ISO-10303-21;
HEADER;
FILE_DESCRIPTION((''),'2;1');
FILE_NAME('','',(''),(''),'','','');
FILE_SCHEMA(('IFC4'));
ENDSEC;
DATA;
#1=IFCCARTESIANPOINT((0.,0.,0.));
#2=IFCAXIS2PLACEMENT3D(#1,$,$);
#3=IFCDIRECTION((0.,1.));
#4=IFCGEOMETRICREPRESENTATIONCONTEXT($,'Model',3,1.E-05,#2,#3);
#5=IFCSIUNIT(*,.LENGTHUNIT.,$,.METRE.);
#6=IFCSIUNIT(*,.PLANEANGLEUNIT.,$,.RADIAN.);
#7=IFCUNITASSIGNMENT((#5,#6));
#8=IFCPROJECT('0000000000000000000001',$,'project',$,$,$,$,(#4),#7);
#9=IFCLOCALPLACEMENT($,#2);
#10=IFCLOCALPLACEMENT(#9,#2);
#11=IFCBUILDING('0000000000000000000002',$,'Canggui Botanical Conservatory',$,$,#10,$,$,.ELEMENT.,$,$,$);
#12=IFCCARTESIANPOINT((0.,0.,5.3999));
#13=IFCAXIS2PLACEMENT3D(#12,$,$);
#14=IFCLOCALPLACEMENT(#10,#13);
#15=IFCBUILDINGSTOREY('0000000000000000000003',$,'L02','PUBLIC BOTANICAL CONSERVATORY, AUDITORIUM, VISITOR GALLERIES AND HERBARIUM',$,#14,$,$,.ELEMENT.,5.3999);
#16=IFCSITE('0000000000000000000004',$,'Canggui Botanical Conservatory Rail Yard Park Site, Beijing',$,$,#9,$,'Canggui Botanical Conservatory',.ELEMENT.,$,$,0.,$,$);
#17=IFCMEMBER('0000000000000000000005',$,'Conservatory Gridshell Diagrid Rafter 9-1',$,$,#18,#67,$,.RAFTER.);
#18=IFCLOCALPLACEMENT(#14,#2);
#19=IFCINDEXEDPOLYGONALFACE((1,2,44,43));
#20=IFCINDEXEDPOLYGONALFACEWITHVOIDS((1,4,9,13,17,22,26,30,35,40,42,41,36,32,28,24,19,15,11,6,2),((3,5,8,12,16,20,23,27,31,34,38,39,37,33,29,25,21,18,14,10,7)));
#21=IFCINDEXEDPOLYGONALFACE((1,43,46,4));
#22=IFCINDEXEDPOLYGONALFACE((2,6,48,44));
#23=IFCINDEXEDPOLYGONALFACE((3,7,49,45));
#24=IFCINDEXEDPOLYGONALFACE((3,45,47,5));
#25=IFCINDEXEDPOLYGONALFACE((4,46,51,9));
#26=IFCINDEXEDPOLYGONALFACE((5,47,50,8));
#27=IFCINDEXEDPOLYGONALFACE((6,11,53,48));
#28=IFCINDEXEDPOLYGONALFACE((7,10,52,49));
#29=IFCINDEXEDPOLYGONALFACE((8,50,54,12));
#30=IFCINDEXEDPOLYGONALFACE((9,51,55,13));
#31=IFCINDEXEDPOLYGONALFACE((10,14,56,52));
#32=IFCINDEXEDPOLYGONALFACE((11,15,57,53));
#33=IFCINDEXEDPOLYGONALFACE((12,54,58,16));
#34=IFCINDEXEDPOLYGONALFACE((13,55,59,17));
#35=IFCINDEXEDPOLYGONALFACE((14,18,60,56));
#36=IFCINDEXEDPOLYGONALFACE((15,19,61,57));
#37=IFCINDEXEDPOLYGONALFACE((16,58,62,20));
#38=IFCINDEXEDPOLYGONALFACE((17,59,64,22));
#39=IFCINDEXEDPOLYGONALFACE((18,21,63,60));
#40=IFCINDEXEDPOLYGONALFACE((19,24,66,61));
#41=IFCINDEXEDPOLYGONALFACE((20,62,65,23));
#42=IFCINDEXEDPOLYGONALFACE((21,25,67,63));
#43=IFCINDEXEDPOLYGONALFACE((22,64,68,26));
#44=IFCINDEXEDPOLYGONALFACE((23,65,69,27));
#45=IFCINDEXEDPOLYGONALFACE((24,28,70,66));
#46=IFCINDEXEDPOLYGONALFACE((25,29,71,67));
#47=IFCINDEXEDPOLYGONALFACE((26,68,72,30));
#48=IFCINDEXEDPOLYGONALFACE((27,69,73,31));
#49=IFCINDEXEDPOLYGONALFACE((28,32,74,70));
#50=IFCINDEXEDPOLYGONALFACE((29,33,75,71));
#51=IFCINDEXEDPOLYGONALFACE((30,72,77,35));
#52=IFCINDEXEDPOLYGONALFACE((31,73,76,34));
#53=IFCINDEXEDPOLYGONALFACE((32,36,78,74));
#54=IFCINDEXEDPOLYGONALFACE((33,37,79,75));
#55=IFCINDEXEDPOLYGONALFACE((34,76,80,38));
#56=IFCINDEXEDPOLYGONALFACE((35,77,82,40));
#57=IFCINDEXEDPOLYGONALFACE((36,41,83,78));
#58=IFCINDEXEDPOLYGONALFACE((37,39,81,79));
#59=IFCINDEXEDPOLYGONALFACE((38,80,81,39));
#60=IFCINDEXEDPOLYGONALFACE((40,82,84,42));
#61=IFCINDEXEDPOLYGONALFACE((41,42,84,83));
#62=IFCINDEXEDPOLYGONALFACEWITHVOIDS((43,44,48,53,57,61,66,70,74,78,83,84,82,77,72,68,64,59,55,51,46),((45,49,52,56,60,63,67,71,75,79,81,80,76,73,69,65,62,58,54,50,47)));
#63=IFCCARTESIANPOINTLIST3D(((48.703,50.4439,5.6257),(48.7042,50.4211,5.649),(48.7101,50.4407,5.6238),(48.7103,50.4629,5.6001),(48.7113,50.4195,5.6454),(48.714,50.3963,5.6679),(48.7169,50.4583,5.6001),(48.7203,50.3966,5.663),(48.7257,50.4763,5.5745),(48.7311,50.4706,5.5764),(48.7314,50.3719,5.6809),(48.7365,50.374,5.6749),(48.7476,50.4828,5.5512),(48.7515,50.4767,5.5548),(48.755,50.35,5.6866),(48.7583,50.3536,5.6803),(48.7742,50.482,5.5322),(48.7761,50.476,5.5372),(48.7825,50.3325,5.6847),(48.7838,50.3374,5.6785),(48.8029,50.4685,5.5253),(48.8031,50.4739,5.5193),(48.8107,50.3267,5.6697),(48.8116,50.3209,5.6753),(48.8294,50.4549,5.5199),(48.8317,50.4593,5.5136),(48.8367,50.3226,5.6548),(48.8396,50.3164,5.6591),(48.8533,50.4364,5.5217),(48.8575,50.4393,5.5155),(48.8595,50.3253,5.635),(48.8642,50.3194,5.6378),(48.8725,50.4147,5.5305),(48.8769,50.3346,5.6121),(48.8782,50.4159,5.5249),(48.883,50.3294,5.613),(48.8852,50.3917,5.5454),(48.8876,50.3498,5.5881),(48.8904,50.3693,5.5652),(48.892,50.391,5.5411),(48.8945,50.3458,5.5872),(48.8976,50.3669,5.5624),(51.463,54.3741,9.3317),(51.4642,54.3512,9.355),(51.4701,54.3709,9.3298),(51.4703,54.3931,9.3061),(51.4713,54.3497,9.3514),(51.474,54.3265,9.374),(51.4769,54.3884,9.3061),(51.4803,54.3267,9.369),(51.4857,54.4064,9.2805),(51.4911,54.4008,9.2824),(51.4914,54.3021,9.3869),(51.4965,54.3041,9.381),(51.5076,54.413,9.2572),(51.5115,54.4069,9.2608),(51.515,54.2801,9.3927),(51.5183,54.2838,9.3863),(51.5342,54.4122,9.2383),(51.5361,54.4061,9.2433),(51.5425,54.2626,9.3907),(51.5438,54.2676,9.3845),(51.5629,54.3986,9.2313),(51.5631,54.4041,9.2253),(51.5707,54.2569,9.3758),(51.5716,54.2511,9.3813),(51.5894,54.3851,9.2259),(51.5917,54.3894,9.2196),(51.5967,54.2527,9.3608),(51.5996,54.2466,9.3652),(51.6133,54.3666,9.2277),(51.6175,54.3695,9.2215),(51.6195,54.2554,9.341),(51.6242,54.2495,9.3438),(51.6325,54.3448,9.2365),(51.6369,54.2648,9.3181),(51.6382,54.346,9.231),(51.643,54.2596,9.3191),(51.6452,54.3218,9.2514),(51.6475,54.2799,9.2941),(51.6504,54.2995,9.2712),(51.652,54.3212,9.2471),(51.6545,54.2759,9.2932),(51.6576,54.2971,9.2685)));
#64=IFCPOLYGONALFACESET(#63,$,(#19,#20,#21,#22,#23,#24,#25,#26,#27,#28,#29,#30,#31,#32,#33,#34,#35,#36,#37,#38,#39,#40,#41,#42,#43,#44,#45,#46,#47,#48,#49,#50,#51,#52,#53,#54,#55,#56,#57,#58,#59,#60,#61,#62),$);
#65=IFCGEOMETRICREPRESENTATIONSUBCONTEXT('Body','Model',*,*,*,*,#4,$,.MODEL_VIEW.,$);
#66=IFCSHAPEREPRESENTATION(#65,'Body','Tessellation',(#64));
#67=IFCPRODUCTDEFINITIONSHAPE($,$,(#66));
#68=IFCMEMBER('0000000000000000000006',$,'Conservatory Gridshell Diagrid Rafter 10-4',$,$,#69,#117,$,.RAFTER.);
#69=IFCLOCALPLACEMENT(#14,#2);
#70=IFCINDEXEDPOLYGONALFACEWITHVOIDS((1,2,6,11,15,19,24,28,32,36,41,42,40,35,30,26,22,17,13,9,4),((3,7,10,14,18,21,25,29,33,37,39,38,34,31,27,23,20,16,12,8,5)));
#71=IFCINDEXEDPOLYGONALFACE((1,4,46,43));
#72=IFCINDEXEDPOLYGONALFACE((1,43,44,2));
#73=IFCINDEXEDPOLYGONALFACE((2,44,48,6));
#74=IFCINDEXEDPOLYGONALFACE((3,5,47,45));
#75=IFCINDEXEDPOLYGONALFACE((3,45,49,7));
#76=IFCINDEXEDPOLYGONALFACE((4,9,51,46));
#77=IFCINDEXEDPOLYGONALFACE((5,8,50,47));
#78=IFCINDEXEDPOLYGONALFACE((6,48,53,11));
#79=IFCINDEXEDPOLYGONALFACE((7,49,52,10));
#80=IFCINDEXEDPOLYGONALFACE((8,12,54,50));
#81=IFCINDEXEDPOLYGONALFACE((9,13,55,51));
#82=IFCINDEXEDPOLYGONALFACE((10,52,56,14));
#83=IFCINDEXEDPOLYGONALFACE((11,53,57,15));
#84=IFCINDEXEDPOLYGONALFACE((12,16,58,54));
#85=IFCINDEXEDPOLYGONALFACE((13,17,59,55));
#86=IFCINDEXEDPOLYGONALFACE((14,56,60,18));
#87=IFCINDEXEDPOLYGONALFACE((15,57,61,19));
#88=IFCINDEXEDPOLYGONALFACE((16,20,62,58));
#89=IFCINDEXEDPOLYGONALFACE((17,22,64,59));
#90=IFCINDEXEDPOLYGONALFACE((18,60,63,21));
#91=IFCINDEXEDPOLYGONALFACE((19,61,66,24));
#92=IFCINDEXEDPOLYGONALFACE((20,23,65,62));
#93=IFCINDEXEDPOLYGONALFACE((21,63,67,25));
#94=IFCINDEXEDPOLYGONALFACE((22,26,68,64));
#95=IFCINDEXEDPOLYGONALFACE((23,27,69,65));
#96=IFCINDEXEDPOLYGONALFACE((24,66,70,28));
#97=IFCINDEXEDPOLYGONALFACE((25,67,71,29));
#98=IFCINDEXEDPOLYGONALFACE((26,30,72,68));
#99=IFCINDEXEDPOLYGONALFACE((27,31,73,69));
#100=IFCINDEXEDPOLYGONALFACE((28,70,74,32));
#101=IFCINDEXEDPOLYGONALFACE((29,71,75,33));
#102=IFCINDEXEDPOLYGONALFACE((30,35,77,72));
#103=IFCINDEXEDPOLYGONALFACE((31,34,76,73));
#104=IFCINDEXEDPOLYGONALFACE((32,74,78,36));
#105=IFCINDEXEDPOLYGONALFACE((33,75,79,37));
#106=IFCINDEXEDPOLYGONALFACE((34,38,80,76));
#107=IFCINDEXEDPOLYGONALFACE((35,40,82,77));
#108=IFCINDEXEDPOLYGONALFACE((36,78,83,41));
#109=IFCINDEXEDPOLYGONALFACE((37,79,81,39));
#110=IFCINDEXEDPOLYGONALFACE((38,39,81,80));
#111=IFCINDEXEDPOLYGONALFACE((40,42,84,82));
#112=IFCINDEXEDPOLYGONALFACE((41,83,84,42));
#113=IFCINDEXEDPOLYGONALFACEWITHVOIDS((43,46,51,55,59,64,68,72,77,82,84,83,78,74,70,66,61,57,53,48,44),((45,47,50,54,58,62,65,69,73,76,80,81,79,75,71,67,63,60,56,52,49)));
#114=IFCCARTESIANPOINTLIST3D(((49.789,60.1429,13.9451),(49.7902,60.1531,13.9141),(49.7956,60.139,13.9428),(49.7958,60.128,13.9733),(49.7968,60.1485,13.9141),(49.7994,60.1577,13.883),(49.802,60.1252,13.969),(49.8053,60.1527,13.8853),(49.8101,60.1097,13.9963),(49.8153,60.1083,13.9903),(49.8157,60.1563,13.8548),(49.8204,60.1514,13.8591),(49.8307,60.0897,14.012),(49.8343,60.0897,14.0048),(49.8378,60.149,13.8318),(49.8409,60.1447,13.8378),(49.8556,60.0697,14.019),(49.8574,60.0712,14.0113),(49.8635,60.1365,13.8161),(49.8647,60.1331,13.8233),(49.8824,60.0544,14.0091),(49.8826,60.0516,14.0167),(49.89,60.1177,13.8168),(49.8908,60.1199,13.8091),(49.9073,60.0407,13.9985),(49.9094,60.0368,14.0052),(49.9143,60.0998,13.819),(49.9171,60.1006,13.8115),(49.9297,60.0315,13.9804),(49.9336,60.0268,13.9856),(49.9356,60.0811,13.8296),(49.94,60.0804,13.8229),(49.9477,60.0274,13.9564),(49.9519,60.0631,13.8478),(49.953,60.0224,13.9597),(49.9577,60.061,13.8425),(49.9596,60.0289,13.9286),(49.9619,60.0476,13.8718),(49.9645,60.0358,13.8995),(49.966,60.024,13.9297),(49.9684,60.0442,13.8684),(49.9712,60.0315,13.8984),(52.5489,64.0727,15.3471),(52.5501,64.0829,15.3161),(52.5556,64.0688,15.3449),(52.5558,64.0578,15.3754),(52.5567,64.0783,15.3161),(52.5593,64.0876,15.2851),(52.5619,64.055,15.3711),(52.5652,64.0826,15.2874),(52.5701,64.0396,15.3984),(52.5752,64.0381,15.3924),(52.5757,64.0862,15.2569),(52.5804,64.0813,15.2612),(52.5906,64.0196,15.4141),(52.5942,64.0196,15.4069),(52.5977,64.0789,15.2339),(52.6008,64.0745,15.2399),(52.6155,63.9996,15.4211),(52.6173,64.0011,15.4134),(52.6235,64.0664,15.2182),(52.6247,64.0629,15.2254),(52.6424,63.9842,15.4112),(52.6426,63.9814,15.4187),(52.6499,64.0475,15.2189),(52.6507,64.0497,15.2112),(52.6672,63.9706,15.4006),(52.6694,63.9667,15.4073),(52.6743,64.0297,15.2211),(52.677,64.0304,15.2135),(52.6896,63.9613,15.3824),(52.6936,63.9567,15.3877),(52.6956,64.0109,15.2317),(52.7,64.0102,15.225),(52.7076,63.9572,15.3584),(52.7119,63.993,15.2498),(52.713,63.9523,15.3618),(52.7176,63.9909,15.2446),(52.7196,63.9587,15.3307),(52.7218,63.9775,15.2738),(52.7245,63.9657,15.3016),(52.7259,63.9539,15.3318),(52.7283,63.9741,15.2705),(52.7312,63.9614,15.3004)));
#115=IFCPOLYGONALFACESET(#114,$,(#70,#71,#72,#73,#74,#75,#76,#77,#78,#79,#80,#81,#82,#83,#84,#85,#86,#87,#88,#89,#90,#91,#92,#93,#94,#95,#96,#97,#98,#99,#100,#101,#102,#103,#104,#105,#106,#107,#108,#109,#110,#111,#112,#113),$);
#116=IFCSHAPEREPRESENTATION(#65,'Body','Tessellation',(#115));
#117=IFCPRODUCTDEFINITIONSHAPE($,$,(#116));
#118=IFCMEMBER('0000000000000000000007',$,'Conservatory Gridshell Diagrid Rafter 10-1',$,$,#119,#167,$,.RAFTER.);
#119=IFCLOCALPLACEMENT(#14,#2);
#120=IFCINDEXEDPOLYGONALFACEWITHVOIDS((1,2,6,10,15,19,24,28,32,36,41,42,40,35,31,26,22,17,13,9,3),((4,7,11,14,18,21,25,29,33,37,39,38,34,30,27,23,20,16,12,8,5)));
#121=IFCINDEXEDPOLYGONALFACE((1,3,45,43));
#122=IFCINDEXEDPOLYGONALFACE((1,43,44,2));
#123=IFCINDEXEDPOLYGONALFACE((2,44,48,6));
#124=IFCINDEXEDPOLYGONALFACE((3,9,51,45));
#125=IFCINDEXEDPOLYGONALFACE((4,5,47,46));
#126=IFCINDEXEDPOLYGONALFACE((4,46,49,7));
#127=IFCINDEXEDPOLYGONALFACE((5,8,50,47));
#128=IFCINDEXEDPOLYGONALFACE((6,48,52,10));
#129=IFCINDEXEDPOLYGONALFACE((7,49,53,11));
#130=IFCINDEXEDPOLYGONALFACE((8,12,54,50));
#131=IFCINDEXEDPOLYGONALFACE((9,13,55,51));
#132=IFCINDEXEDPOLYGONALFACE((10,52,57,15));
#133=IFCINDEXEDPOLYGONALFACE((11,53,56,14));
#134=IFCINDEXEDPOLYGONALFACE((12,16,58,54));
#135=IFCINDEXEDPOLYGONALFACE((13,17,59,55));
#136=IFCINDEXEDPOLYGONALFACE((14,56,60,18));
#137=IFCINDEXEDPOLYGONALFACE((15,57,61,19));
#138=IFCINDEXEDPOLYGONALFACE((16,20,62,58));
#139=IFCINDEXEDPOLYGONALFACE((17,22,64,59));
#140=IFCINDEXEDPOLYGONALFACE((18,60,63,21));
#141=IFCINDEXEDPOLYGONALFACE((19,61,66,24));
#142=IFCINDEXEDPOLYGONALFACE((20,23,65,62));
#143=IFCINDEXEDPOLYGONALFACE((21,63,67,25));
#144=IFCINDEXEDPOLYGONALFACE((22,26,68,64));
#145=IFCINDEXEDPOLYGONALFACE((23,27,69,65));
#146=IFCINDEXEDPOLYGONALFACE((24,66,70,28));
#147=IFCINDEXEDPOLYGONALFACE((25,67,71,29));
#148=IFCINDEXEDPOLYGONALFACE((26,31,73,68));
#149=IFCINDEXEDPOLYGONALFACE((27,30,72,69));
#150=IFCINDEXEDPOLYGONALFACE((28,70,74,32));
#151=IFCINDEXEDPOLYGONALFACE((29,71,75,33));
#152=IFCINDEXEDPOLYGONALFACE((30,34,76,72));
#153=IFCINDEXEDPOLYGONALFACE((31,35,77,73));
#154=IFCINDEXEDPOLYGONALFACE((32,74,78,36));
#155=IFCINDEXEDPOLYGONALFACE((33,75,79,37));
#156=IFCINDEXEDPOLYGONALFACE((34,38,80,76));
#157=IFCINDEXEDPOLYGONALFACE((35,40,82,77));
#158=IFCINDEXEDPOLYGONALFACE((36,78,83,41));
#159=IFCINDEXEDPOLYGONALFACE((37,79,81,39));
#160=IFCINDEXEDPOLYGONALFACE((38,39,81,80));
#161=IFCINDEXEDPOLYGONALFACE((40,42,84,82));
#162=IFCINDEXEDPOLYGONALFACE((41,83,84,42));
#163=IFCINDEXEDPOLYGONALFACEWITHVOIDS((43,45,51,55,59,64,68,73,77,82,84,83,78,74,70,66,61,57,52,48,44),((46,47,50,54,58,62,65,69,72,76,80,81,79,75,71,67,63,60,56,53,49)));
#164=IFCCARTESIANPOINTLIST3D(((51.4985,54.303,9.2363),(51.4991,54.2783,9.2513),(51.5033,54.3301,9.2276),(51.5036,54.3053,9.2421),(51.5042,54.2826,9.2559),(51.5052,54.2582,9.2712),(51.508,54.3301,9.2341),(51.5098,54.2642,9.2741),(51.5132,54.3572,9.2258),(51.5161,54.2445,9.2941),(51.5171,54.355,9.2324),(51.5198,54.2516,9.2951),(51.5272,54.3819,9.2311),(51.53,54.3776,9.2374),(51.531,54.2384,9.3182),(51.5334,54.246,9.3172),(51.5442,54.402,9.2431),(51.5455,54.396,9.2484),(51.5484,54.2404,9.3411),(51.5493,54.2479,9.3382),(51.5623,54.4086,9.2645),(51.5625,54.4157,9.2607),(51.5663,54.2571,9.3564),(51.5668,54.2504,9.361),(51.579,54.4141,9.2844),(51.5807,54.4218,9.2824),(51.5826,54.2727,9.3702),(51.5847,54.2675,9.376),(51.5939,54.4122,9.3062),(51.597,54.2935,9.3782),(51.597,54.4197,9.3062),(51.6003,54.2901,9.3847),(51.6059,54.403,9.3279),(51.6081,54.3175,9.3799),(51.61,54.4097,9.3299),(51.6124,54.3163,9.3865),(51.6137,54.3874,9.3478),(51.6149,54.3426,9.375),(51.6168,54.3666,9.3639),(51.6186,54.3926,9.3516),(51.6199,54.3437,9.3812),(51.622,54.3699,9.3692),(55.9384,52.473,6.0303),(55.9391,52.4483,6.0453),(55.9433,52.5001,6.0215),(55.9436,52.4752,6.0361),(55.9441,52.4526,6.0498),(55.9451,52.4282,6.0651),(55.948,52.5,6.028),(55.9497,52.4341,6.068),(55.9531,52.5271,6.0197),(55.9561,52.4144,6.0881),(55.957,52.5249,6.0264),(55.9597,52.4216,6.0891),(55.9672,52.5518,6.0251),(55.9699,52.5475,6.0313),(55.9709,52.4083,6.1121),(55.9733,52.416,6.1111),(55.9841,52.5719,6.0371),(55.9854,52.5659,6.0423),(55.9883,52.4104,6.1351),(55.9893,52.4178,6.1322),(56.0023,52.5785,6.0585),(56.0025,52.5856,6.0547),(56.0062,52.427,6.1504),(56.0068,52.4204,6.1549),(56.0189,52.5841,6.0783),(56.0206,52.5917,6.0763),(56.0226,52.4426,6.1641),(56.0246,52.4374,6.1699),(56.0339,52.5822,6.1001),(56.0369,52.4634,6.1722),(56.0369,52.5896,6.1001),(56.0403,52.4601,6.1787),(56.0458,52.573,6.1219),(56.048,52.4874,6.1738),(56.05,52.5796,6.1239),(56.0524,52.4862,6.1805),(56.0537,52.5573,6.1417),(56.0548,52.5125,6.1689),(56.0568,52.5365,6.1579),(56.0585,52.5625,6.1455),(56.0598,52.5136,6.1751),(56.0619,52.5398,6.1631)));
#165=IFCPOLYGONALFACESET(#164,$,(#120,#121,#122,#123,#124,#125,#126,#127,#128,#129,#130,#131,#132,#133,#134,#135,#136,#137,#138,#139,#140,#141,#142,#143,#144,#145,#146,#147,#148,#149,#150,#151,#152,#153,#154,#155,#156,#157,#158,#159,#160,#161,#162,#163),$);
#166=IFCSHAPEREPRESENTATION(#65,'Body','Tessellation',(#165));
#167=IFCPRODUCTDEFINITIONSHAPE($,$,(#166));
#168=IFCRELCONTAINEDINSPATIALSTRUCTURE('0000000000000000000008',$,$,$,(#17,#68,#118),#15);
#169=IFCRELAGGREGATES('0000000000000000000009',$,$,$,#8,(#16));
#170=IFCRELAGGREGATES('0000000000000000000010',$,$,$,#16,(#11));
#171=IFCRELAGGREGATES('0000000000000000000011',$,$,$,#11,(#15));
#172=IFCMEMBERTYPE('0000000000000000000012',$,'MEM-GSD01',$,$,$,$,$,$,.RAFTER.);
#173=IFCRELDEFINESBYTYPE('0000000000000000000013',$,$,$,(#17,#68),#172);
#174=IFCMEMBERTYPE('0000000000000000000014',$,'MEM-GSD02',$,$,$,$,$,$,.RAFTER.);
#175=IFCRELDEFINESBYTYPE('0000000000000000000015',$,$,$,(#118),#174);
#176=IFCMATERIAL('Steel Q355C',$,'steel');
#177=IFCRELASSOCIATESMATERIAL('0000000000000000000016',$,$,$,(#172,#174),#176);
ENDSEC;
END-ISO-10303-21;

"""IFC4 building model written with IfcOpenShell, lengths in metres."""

from ifc_helpers import new_model, si_unit, direction, frame, origin, origin_2d, place, context, subcontext, project, spatial, hollow_circle, extrude, material, material_profile, profile_set, type_object, element, save


model = new_model("IFC4")

# Units and contexts
model_context = context("Model", 3, precision=1e-05, world=origin(), true_north=direction((0.0, 1.0)))
body_context = subcontext(model_context, "Body", "Model", "MODEL_VIEW")
ifc_project = project(units=[si_unit("LENGTHUNIT", "METRE"), si_unit("PLANEANGLEUNIT", "RADIAN")], contexts=[model_context])

# Site, building, storey
site_placement = place(None, origin())
site = spatial("IfcSite", under=ifc_project, at=site_placement, Name="Canggui Botanical Conservatory Rail Yard Park Site, Beijing", LongName="Canggui Botanical Conservatory", CompositionType="ELEMENT", RefElevation=0.0)
building_placement = place(site_placement, origin())
building = spatial("IfcBuilding", under=site, at=building_placement, Name="Canggui Botanical Conservatory", CompositionType="ELEMENT")
storey_placement = place(building_placement, frame((0.0, 0.0, 5.3999)))
storey = spatial("IfcBuildingStorey", under=building, at=storey_placement, Name="L02", Description="PUBLIC BOTANICAL CONSERVATORY, AUDITORIUM, VISITOR GALLERIES AND HERBARIUM", CompositionType="ELEMENT", Elevation=5.3999)

# Shared definitions
ifc_material_1 = material(Name="Steel Q355C", Category="steel")

# Members
ifc_material_profile_1 = material_profile(ifc_material_1, hollow_circle(Radius=0.1096, WallThickness=0.0081, at=origin_2d()), Name="CHS 219x8")
ifc_profile_set_1 = profile_set([ifc_material_profile_1], Name="Steel Q355C")
member_type_1 = type_object("IfcMemberType", Name="MEM-GSD01", PredefinedType="RAFTER", material=ifc_profile_set_1)
member_1_placement = place(storey_placement, frame((48.8, 50.3999, 5.6001), z_axis=(0.454982, 0.647881, 0.610935), x_axis=(-0.818362, 0.574704, 0.0)))
element("IfcMember", 1, at=member_1_placement, inside=storey, type_object=member_type_1, Name="Conservatory Gridshell Diagrid Rafter 9-1", PredefinedType="RAFTER", context=body_context, shape_type="SweptSolid", body=[
    extrude(hollow_circle(Radius=0.1096, WallThickness=0.0081, at=origin_2d()), origin(), (0.0, 0.0, 1.0), 6.0662),
])
member_2_placement = place(storey_placement, frame((49.8799, 60.0901, 13.9141), z_axis=(0.551694, 0.785548, 0.280264), x_axis=(-0.818345, 0.574728, 0.0)))
element("IfcMember", 2, at=member_2_placement, inside=storey, type_object=member_type_1, Name="Conservatory Gridshell Diagrid Rafter 10-4", PredefinedType="RAFTER", context=body_context, shape_type="SweptSolid", body=[
    extrude(hollow_circle(Radius=0.1096, WallThickness=0.0081, at=origin_2d()), origin(), (0.0, 0.0, 1.0), 5.0027),
])
ifc_material_profile_2 = material_profile(ifc_material_1, hollow_circle(Radius=0.0969, WallThickness=0.0081, at=origin_2d()), Name="CHS 194x8")
ifc_profile_set_2 = profile_set([ifc_material_profile_2], Name="Steel Q355C")
member_type_2 = type_object("IfcMemberType", Name="MEM-GSD02", PredefinedType="RAFTER", material=ifc_profile_set_2)
member_3_placement = place(storey_placement, frame((51.5601, 54.3301, 9.3062), z_axis=(0.768931, -0.316942, -0.555241), x_axis=(0.381082, 0.924541, 0.0)))
element("IfcMember", 3, at=member_3_placement, inside=storey, type_object=member_type_2, Name="Conservatory Gridshell Diagrid Rafter 10-1", PredefinedType="RAFTER", context=body_context, shape_type="SweptSolid", body=[
    extrude(hollow_circle(Radius=0.0969, WallThickness=0.0081, at=origin_2d()), origin(), (0.0, 0.0, 1.0), 5.7742),
])

save(model, "model.ifc")
